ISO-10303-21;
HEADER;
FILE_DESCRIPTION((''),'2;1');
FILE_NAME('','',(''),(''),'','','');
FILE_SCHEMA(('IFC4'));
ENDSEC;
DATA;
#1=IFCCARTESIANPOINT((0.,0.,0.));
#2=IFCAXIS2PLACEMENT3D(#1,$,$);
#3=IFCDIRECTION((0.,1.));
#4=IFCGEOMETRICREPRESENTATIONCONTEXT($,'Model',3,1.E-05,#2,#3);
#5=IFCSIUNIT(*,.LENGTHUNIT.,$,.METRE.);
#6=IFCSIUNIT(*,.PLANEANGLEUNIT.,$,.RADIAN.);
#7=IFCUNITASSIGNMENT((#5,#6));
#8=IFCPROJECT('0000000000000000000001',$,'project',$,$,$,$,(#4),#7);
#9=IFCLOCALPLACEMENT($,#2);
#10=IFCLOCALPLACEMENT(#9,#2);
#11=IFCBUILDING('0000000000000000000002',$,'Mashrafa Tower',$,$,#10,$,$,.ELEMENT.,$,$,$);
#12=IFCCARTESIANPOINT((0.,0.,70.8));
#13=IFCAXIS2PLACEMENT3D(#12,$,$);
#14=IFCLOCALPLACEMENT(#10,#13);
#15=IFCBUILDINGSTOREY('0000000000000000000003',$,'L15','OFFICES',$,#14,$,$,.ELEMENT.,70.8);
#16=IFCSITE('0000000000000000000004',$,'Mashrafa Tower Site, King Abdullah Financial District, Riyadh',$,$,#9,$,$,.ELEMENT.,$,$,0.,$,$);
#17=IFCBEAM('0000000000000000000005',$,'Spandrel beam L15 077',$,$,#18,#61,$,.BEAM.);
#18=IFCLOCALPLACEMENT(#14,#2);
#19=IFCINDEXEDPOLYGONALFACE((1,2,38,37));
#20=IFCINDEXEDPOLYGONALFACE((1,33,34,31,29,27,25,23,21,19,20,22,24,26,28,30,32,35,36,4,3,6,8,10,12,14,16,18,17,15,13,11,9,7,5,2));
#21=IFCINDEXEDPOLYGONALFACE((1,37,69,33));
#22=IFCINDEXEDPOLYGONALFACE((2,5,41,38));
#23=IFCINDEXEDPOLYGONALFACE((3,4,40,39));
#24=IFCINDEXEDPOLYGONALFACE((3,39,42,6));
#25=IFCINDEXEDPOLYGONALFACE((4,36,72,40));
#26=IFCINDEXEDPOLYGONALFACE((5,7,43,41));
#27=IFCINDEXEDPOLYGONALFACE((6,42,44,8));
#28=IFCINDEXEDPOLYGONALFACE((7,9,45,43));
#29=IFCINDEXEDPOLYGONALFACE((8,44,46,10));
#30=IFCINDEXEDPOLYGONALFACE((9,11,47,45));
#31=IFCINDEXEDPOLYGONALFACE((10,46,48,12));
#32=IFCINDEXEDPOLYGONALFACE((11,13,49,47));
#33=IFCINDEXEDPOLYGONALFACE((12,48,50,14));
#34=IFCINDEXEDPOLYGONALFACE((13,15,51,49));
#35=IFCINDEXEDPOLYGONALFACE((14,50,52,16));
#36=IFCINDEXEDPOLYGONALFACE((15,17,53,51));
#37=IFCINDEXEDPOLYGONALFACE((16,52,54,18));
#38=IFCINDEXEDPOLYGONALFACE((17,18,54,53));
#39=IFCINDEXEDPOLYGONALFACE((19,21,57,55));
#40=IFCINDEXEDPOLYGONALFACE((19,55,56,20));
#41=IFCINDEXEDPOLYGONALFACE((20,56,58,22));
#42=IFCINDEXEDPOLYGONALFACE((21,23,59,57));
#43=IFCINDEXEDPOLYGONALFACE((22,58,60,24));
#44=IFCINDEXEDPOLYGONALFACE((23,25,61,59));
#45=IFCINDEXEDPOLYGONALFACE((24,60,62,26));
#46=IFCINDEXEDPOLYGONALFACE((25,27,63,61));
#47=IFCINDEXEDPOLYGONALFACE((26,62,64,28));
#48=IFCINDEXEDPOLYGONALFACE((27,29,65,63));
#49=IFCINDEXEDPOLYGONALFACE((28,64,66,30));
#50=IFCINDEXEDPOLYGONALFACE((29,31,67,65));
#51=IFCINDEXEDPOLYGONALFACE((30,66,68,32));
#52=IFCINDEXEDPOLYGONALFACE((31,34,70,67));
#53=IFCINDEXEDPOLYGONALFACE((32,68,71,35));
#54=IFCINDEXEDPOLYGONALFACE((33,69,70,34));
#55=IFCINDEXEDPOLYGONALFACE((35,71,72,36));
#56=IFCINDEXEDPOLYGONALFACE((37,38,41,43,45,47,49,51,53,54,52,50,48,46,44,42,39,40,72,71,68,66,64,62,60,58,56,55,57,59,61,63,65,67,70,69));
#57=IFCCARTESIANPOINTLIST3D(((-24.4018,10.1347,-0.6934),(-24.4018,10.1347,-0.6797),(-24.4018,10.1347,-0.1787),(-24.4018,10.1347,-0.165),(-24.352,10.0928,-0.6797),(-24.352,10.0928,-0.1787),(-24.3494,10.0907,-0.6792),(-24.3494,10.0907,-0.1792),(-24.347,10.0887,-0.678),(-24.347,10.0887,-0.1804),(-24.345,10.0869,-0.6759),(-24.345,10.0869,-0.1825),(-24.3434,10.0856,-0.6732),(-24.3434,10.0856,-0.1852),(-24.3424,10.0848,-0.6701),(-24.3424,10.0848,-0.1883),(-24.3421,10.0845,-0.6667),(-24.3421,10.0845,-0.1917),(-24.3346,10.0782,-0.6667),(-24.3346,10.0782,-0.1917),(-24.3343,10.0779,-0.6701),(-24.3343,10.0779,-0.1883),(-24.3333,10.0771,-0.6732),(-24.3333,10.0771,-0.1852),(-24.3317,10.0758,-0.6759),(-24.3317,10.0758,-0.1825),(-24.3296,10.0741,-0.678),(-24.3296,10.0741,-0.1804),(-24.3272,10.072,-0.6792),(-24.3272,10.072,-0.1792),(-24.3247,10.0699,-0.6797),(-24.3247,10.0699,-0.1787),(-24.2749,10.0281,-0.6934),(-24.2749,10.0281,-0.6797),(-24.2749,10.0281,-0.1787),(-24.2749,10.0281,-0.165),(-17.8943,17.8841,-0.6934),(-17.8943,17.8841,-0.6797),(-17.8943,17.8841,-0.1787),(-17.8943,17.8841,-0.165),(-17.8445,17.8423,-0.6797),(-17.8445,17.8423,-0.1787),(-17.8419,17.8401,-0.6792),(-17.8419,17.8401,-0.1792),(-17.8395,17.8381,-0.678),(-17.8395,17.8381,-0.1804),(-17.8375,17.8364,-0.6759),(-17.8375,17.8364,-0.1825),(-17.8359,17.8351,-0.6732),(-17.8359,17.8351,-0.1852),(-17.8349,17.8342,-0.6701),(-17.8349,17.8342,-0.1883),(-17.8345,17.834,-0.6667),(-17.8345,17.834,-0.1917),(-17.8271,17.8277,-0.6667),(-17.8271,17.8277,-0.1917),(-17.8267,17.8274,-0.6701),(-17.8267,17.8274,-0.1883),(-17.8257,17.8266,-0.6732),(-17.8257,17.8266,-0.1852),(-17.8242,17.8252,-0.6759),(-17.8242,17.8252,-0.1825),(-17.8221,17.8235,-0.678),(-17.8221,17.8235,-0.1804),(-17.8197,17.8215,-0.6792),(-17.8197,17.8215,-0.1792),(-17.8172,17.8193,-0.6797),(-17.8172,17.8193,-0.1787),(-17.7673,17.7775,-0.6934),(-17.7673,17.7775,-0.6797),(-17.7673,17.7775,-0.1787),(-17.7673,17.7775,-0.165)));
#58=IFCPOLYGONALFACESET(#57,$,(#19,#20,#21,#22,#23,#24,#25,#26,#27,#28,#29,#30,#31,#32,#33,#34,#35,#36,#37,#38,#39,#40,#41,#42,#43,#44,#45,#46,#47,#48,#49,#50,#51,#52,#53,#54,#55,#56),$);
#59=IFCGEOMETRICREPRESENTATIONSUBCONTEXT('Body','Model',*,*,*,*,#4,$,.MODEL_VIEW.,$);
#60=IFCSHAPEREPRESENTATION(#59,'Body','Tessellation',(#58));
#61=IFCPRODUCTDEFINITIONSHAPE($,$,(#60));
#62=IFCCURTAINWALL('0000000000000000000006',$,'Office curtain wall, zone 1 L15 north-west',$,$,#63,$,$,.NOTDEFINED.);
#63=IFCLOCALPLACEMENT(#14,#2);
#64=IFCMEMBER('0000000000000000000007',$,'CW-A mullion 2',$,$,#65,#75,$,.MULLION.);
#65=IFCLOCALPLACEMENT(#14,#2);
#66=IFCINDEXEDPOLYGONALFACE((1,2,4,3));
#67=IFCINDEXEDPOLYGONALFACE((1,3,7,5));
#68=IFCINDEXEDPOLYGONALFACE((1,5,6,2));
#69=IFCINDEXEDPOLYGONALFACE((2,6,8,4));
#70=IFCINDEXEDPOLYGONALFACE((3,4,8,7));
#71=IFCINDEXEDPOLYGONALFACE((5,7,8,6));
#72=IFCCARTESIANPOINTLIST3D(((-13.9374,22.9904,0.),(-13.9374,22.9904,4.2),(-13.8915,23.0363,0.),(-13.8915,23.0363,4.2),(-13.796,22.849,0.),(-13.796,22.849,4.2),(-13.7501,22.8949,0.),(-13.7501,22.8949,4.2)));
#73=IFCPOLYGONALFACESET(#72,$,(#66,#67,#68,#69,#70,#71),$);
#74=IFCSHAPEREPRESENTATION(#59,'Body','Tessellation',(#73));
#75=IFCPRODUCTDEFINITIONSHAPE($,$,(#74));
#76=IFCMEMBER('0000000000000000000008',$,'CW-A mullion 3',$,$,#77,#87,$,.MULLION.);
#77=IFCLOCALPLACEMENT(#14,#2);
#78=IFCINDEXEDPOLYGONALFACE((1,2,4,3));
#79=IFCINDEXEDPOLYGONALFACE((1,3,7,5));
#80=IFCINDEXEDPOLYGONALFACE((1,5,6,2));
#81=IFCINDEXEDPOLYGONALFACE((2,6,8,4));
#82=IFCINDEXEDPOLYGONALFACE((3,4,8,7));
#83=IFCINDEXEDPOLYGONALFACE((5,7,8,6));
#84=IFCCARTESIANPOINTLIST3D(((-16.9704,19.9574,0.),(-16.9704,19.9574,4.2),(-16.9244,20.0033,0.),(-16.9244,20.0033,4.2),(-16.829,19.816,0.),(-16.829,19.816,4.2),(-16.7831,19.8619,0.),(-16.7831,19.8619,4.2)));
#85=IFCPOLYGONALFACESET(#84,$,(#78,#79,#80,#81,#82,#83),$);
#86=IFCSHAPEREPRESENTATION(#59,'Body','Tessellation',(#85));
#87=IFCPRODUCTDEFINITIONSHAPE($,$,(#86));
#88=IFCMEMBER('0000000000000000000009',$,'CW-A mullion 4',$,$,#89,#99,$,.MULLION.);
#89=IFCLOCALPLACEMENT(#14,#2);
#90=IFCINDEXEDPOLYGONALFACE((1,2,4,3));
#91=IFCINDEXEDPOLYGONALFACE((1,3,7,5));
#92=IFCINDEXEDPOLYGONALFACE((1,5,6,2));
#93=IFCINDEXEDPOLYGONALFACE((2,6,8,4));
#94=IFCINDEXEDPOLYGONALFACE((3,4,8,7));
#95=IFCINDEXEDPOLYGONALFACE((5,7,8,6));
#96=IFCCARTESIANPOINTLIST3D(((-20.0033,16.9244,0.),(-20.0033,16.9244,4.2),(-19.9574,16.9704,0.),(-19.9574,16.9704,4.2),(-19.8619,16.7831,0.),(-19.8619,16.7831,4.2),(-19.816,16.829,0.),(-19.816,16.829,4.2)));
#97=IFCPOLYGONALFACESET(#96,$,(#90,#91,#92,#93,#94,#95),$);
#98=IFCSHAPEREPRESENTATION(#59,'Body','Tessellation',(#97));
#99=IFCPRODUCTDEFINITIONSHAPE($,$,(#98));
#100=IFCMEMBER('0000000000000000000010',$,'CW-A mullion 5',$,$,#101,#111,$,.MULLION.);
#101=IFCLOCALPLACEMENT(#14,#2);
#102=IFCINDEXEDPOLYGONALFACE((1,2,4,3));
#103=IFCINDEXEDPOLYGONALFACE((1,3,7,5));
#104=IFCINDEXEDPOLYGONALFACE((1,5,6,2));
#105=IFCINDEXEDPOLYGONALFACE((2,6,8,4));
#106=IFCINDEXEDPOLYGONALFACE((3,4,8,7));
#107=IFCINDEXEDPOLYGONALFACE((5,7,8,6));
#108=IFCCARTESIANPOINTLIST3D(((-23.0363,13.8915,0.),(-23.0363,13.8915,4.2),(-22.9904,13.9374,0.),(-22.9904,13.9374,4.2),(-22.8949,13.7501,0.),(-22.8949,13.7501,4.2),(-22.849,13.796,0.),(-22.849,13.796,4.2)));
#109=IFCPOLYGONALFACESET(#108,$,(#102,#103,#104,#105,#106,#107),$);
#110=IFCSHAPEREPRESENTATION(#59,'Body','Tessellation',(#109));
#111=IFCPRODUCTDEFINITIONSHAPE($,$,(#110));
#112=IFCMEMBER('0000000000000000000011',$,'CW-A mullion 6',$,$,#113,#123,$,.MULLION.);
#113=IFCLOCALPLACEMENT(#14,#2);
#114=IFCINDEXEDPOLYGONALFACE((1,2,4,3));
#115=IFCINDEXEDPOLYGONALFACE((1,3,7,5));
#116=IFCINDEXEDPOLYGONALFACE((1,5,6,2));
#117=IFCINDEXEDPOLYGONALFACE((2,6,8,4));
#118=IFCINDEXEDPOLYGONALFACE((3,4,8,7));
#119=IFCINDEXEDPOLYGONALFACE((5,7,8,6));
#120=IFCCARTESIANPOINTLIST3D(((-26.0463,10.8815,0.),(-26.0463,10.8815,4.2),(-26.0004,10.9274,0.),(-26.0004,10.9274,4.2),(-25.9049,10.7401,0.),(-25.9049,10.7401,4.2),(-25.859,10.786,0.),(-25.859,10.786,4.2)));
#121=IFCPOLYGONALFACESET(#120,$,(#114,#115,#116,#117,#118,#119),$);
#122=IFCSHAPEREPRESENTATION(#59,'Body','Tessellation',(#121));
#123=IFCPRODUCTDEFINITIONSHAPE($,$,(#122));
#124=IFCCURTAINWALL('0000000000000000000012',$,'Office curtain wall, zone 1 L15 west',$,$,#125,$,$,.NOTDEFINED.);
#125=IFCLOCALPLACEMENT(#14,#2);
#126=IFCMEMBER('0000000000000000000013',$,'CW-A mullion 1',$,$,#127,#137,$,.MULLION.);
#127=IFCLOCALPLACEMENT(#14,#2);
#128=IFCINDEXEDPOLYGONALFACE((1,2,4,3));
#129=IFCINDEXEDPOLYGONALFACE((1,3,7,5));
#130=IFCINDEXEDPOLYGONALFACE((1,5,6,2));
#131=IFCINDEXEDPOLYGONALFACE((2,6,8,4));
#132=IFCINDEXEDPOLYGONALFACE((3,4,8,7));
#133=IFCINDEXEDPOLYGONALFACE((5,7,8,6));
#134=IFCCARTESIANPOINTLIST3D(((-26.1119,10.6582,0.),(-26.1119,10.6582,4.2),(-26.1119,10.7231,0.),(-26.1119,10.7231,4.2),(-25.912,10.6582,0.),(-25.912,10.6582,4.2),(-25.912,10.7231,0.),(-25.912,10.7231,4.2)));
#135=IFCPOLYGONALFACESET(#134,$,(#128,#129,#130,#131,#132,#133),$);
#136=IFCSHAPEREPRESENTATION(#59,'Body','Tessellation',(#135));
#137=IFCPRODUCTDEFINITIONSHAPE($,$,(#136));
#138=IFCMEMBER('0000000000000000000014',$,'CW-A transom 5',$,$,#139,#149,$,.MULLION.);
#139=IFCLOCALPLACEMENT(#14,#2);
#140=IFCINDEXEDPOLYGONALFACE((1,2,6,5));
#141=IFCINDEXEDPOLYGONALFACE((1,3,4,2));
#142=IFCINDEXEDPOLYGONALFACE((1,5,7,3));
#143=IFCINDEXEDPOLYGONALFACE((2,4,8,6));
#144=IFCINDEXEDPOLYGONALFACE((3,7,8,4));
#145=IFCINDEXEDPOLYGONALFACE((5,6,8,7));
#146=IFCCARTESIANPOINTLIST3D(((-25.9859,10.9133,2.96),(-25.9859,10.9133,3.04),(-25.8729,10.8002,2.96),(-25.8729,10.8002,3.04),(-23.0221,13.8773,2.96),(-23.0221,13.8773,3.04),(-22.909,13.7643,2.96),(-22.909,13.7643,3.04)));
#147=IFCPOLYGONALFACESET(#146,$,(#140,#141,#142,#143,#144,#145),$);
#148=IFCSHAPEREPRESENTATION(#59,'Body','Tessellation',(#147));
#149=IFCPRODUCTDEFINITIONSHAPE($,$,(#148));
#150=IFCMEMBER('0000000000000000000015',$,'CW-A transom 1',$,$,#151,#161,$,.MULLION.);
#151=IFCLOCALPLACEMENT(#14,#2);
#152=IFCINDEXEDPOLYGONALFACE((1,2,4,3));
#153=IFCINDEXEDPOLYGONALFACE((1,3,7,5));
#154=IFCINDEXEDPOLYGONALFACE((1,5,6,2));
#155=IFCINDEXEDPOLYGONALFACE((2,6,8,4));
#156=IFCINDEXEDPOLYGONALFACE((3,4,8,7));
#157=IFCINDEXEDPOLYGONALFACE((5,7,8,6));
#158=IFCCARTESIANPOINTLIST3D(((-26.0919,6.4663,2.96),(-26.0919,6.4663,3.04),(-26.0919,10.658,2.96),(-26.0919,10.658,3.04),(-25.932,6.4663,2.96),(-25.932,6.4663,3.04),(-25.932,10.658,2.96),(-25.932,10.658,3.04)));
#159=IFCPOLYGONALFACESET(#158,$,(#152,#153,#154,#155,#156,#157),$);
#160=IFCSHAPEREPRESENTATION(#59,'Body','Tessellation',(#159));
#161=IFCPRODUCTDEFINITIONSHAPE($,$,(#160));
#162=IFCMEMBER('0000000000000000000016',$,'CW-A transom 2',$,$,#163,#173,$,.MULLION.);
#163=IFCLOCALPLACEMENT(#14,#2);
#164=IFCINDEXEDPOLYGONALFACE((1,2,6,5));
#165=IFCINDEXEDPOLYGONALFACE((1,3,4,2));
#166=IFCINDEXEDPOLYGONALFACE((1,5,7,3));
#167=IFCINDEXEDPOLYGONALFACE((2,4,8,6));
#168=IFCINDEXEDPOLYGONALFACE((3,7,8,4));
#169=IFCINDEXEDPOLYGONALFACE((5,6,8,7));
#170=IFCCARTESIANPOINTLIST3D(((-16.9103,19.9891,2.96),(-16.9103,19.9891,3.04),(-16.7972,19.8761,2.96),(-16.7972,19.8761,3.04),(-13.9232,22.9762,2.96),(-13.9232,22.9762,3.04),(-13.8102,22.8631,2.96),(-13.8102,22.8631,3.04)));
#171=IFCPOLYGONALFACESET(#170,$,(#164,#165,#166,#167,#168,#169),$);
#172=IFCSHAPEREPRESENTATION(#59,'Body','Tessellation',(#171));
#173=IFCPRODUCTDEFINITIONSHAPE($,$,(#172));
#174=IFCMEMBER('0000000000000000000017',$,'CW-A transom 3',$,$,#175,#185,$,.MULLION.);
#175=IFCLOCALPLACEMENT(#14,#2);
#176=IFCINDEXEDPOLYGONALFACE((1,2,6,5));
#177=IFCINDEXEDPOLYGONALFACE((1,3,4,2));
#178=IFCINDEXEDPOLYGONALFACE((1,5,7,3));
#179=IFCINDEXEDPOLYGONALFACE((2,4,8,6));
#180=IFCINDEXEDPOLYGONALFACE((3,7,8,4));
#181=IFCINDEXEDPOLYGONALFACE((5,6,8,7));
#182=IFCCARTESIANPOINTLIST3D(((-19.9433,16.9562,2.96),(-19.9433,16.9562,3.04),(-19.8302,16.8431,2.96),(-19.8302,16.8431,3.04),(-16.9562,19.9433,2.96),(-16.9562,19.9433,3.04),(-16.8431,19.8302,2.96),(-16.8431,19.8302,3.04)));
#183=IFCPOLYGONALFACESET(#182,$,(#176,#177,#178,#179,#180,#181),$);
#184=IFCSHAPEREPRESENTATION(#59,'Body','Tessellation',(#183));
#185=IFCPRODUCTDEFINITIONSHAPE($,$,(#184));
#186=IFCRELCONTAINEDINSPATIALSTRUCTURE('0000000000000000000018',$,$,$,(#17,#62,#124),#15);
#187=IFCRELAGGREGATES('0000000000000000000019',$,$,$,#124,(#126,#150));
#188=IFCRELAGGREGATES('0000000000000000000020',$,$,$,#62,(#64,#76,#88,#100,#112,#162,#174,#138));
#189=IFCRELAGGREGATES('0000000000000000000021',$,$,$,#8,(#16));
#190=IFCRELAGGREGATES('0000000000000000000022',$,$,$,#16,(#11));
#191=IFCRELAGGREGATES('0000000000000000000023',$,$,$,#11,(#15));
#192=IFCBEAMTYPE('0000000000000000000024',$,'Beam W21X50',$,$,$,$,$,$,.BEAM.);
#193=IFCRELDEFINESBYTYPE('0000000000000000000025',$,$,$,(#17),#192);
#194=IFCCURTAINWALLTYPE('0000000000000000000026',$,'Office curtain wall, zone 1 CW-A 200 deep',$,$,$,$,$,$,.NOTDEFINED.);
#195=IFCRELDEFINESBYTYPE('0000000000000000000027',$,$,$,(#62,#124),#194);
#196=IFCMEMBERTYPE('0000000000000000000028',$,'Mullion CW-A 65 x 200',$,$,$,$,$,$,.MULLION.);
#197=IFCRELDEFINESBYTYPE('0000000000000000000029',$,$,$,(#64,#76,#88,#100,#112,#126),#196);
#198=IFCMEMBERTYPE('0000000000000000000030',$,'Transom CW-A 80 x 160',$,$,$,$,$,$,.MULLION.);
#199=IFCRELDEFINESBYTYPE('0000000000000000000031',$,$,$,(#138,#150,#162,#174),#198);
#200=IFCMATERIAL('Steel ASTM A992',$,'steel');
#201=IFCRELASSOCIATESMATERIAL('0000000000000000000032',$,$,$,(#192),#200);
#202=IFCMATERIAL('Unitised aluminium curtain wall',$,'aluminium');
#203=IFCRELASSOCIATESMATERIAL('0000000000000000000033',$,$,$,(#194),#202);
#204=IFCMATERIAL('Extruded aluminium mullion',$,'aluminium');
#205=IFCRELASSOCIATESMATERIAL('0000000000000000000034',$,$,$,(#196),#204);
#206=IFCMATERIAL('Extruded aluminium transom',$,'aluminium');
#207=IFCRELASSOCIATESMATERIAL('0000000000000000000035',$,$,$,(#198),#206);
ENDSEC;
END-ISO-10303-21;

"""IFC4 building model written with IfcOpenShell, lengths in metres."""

from ifc_helpers import new_model, si_unit, direction, frame, origin, origin_2d, place, context, subcontext, project, spatial, rectangle, i_section, extrude, source, transform, mapped, material, material_profile, profile_set, type_object, type_shapes, element, aggregate, save


model = new_model("IFC4")

# Units and contexts
model_context = context("Model", 3, precision=1e-05, world=origin(), true_north=direction((0.0, 1.0)))
body_context = subcontext(model_context, "Body", "Model", "MODEL_VIEW")
ifc_project = project(units=[si_unit("LENGTHUNIT", "METRE"), si_unit("PLANEANGLEUNIT", "RADIAN")], contexts=[model_context])

# Site, building, storey
site_placement = place(None, origin())
site = spatial("IfcSite", under=ifc_project, at=site_placement, Name="Mashrafa Tower Site, King Abdullah Financial District, Riyadh", CompositionType="ELEMENT", RefElevation=0.0)
building_placement = place(site_placement, origin())
building = spatial("IfcBuilding", under=site, at=building_placement, Name="Mashrafa Tower", CompositionType="ELEMENT")
storey_placement = place(building_placement, frame((0.0, 0.0, 70.8)))
storey = spatial("IfcBuildingStorey", under=building, at=storey_placement, Name="L15", Description="OFFICES", CompositionType="ELEMENT", Elevation=70.8)

# Beam
ifc_material_1 = material(Name="Steel ASTM A992", Category="steel")
ifc_material_profile_1 = material_profile(ifc_material_1, i_section(OverallWidth=0.1658, OverallDepth=0.5283, WebThickness=0.0098, FlangeThickness=0.0137, FilletRadius=0.0129, at=origin_2d()), Name="W21X50")
ifc_profile_set_1 = profile_set([ifc_material_profile_1], Name="Steel ASTM A992")
beam_type_1 = type_object("IfcBeamType", Name="Beam W21X50", PredefinedType="BEAM", material=ifc_profile_set_1)
beam_1_placement = place(storey_placement, frame((-17.8308, 17.8308, -0.4292), z_axis=(-0.643075, -0.765803, 0.0), x_axis=(0.765803, -0.643075, 0.0)))
element("IfcBeam", 1, at=beam_1_placement, inside=storey, type_object=beam_type_1, Name="Spandrel beam L15 077", PredefinedType="BEAM", context=body_context, shape_type="SweptSolid", body=[
    extrude(i_section(OverallWidth=0.1658, OverallDepth=0.5283, WebThickness=0.0098, FlangeThickness=0.0137, FilletRadius=0.0129, at=origin_2d()), origin(), (0.0, 0.0, 1.0), 10.1194),
])

# Curtain wall, members
ifc_material_2 = material(Name="Unitised aluminium curtain wall", Category="aluminium")
curtain_wall_type = type_object("IfcCurtainWallType", Name="Office curtain wall, zone 1 CW-A 200 deep", PredefinedType="NOTDEFINED", material=ifc_material_2)
curtain_wall_1_placement = place(storey_placement, origin())
curtain_wall_1 = element("IfcCurtainWall", 2, at=curtain_wall_1_placement, inside=storey, type_object=curtain_wall_type, Name="Office curtain wall, zone 1 L15 north-west", PredefinedType="NOTDEFINED")
ifc_material_3 = material(Name="Extruded aluminium mullion", Category="aluminium")
ifc_material_profile_2 = material_profile(ifc_material_3, rectangle(XDim=0.2, YDim=0.0649, at=origin_2d()), Name="Mullion 65x200")
ifc_profile_set_2 = profile_set([ifc_material_profile_2], Name="Extruded aluminium mullion")
member_type_1 = type_object("IfcMemberType", Name="Mullion CW-A 65 x 200", PredefinedType="MULLION", material=ifc_profile_set_2)
shared_shape_1 = source(origin(), body_context, "Body", "SweptSolid", [
    extrude(rectangle(XDim=0.2, YDim=0.0649, at=origin_2d()), origin(), (0.0, 0.0, 1.0), 4.2),
])
type_shapes(member_type_1, [shared_shape_1])
member_1_placement = place(storey_placement, frame((-13.8438, 22.9426, 0.0), z_axis=(0.0, 0.0, 1.0), x_axis=(0.707107, -0.707107, 0.0)))
member_1 = element("IfcMember", 3, at=member_1_placement, type_object=member_type_1, Name="CW-A mullion 2", PredefinedType="MULLION", context=body_context, shape_type="MappedRepresentation", body=[
    mapped(shared_shape_1, transform((0.0, 0.0, 0.0))),
])
member_2_placement = place(storey_placement, frame((-16.8767, 19.9097, 0.0), z_axis=(0.0, 0.0, 1.0), x_axis=(0.707107, -0.707107, 0.0)))
member_2 = element("IfcMember", 4, at=member_2_placement, type_object=member_type_1, Name="CW-A mullion 3", PredefinedType="MULLION", context=body_context, shape_type="MappedRepresentation", body=[
    mapped(shared_shape_1, transform((0.0, 0.0, 0.0))),
])
member_3_placement = place(storey_placement, frame((-19.9097, 16.8767, 0.0), z_axis=(0.0, 0.0, 1.0), x_axis=(0.707107, -0.707107, 0.0)))
member_3 = element("IfcMember", 5, at=member_3_placement, type_object=member_type_1, Name="CW-A mullion 4", PredefinedType="MULLION", context=body_context, shape_type="MappedRepresentation", body=[
    mapped(shared_shape_1, transform((0.0, 0.0, 0.0))),
])
member_4_placement = place(storey_placement, frame((-22.9426, 13.8438, 0.0), z_axis=(0.0, 0.0, 1.0), x_axis=(0.707107, -0.707107, 0.0)))
member_4 = element("IfcMember", 6, at=member_4_placement, type_object=member_type_1, Name="CW-A mullion 5", PredefinedType="MULLION", context=body_context, shape_type="MappedRepresentation", body=[
    mapped(shared_shape_1, transform((0.0, 0.0, 0.0))),
])
member_5_placement = place(storey_placement, frame((-25.9526, 10.8337, 0.0), z_axis=(0.0, 0.0, 1.0), x_axis=(0.707107, -0.707107, 0.0)))
member_5 = element("IfcMember", 7, at=member_5_placement, type_object=member_type_1, Name="CW-A mullion 6", PredefinedType="MULLION", context=body_context, shape_type="MappedRepresentation", body=[
    mapped(shared_shape_1, transform((0.0, 0.0, 0.0))),
])

# Curtain wall, member
curtain_wall_2_placement = place(storey_placement, origin())
curtain_wall_2 = element("IfcCurtainWall", 8, at=curtain_wall_2_placement, inside=storey, type_object=curtain_wall_type, Name="Office curtain wall, zone 1 L15 west", PredefinedType="NOTDEFINED")
member_6_placement = place(storey_placement, frame((-26.012, 10.6907, 0.0), z_axis=(0.0, 0.0, 1.0), x_axis=(1.0, 0.0, 0.0)))
member_6 = element("IfcMember", 9, at=member_6_placement, type_object=member_type_1, Name="CW-A mullion 1", PredefinedType="MULLION", context=body_context, shape_type="MappedRepresentation", body=[
    mapped(shared_shape_1, transform((0.0, 0.0, 0.0))),
])

# Members
ifc_material_4 = material(Name="Extruded aluminium transom", Category="aluminium")
ifc_material_profile_3 = material_profile(ifc_material_4, rectangle(XDim=0.1599, YDim=0.0801, at=origin_2d()), Name="Transom 80x160")
ifc_profile_set_3 = profile_set([ifc_material_profile_3], Name="Extruded aluminium transom")
member_type_2 = type_object("IfcMemberType", Name="Transom CW-A 80 x 160", PredefinedType="MULLION", material=ifc_profile_set_3)
shared_shape_2 = source(origin(), body_context, "Body", "SweptSolid", [
    extrude(rectangle(XDim=0.1599, YDim=0.0801, at=origin_2d()), origin(), (0.0, 0.0, 1.0), 4.1917),
])
member_7_placement = place(storey_placement, frame((-22.9656, 13.8208, 3.0), z_axis=(-0.707078, -0.707136, 0.0), x_axis=(0.707136, -0.707078, 0.0)))
member_7 = element("IfcMember", 10, at=member_7_placement, type_object=member_type_2, Name="CW-A transom 5", PredefinedType="MULLION", context=body_context, shape_type="MappedRepresentation", body=[
    mapped(shared_shape_2, transform((0.0, 0.0, 0.0))),
])
member_8_placement = place(storey_placement, frame((-26.012, 10.658, 3.0), z_axis=(0.0, -1.0, 0.0), x_axis=(1.0, 0.0, 0.0)))
member_8 = element("IfcMember", 11, at=member_8_placement, type_object=member_type_2, Name="CW-A transom 1", PredefinedType="MULLION", context=body_context, shape_type="MappedRepresentation", body=[
    mapped(shared_shape_2, transform((0.0, 0.0, 0.0))),
])
aggregate(curtain_wall_2, [member_6, member_8])
shared_shape_3 = source(origin(), body_context, "Body", "SweptSolid", [
    extrude(rectangle(XDim=0.1599, YDim=0.0801, at=origin_2d()), origin(), (0.0, 0.0, 1.0), 4.2244),
])
type_shapes(member_type_2, [shared_shape_2, shared_shape_3])
member_9_placement = place(storey_placement, frame((-13.8667, 22.9197, 3.0), z_axis=(-0.707107, -0.707107, 0.0), x_axis=(0.707107, -0.707107, 0.0)))
member_9 = element("IfcMember", 12, at=member_9_placement, type_object=member_type_2, Name="CW-A transom 2", PredefinedType="MULLION", context=body_context, shape_type="MappedRepresentation", body=[
    mapped(shared_shape_3, transform((0.0, 0.0, 0.0))),
])
member_10_placement = place(storey_placement, frame((-16.8997, 19.8867, 3.0), z_axis=(-0.707107, -0.707107, 0.0), x_axis=(0.707107, -0.707107, 0.0)))
member_10 = element("IfcMember", 13, at=member_10_placement, type_object=member_type_2, Name="CW-A transom 3", PredefinedType="MULLION", context=body_context, shape_type="MappedRepresentation", body=[
    mapped(shared_shape_3, transform((0.0, 0.0, 0.0))),
])

aggregate(curtain_wall_1, [member_1, member_2, member_3, member_4, member_5, member_9, member_10, member_7])

save(model, "model.ifc")
